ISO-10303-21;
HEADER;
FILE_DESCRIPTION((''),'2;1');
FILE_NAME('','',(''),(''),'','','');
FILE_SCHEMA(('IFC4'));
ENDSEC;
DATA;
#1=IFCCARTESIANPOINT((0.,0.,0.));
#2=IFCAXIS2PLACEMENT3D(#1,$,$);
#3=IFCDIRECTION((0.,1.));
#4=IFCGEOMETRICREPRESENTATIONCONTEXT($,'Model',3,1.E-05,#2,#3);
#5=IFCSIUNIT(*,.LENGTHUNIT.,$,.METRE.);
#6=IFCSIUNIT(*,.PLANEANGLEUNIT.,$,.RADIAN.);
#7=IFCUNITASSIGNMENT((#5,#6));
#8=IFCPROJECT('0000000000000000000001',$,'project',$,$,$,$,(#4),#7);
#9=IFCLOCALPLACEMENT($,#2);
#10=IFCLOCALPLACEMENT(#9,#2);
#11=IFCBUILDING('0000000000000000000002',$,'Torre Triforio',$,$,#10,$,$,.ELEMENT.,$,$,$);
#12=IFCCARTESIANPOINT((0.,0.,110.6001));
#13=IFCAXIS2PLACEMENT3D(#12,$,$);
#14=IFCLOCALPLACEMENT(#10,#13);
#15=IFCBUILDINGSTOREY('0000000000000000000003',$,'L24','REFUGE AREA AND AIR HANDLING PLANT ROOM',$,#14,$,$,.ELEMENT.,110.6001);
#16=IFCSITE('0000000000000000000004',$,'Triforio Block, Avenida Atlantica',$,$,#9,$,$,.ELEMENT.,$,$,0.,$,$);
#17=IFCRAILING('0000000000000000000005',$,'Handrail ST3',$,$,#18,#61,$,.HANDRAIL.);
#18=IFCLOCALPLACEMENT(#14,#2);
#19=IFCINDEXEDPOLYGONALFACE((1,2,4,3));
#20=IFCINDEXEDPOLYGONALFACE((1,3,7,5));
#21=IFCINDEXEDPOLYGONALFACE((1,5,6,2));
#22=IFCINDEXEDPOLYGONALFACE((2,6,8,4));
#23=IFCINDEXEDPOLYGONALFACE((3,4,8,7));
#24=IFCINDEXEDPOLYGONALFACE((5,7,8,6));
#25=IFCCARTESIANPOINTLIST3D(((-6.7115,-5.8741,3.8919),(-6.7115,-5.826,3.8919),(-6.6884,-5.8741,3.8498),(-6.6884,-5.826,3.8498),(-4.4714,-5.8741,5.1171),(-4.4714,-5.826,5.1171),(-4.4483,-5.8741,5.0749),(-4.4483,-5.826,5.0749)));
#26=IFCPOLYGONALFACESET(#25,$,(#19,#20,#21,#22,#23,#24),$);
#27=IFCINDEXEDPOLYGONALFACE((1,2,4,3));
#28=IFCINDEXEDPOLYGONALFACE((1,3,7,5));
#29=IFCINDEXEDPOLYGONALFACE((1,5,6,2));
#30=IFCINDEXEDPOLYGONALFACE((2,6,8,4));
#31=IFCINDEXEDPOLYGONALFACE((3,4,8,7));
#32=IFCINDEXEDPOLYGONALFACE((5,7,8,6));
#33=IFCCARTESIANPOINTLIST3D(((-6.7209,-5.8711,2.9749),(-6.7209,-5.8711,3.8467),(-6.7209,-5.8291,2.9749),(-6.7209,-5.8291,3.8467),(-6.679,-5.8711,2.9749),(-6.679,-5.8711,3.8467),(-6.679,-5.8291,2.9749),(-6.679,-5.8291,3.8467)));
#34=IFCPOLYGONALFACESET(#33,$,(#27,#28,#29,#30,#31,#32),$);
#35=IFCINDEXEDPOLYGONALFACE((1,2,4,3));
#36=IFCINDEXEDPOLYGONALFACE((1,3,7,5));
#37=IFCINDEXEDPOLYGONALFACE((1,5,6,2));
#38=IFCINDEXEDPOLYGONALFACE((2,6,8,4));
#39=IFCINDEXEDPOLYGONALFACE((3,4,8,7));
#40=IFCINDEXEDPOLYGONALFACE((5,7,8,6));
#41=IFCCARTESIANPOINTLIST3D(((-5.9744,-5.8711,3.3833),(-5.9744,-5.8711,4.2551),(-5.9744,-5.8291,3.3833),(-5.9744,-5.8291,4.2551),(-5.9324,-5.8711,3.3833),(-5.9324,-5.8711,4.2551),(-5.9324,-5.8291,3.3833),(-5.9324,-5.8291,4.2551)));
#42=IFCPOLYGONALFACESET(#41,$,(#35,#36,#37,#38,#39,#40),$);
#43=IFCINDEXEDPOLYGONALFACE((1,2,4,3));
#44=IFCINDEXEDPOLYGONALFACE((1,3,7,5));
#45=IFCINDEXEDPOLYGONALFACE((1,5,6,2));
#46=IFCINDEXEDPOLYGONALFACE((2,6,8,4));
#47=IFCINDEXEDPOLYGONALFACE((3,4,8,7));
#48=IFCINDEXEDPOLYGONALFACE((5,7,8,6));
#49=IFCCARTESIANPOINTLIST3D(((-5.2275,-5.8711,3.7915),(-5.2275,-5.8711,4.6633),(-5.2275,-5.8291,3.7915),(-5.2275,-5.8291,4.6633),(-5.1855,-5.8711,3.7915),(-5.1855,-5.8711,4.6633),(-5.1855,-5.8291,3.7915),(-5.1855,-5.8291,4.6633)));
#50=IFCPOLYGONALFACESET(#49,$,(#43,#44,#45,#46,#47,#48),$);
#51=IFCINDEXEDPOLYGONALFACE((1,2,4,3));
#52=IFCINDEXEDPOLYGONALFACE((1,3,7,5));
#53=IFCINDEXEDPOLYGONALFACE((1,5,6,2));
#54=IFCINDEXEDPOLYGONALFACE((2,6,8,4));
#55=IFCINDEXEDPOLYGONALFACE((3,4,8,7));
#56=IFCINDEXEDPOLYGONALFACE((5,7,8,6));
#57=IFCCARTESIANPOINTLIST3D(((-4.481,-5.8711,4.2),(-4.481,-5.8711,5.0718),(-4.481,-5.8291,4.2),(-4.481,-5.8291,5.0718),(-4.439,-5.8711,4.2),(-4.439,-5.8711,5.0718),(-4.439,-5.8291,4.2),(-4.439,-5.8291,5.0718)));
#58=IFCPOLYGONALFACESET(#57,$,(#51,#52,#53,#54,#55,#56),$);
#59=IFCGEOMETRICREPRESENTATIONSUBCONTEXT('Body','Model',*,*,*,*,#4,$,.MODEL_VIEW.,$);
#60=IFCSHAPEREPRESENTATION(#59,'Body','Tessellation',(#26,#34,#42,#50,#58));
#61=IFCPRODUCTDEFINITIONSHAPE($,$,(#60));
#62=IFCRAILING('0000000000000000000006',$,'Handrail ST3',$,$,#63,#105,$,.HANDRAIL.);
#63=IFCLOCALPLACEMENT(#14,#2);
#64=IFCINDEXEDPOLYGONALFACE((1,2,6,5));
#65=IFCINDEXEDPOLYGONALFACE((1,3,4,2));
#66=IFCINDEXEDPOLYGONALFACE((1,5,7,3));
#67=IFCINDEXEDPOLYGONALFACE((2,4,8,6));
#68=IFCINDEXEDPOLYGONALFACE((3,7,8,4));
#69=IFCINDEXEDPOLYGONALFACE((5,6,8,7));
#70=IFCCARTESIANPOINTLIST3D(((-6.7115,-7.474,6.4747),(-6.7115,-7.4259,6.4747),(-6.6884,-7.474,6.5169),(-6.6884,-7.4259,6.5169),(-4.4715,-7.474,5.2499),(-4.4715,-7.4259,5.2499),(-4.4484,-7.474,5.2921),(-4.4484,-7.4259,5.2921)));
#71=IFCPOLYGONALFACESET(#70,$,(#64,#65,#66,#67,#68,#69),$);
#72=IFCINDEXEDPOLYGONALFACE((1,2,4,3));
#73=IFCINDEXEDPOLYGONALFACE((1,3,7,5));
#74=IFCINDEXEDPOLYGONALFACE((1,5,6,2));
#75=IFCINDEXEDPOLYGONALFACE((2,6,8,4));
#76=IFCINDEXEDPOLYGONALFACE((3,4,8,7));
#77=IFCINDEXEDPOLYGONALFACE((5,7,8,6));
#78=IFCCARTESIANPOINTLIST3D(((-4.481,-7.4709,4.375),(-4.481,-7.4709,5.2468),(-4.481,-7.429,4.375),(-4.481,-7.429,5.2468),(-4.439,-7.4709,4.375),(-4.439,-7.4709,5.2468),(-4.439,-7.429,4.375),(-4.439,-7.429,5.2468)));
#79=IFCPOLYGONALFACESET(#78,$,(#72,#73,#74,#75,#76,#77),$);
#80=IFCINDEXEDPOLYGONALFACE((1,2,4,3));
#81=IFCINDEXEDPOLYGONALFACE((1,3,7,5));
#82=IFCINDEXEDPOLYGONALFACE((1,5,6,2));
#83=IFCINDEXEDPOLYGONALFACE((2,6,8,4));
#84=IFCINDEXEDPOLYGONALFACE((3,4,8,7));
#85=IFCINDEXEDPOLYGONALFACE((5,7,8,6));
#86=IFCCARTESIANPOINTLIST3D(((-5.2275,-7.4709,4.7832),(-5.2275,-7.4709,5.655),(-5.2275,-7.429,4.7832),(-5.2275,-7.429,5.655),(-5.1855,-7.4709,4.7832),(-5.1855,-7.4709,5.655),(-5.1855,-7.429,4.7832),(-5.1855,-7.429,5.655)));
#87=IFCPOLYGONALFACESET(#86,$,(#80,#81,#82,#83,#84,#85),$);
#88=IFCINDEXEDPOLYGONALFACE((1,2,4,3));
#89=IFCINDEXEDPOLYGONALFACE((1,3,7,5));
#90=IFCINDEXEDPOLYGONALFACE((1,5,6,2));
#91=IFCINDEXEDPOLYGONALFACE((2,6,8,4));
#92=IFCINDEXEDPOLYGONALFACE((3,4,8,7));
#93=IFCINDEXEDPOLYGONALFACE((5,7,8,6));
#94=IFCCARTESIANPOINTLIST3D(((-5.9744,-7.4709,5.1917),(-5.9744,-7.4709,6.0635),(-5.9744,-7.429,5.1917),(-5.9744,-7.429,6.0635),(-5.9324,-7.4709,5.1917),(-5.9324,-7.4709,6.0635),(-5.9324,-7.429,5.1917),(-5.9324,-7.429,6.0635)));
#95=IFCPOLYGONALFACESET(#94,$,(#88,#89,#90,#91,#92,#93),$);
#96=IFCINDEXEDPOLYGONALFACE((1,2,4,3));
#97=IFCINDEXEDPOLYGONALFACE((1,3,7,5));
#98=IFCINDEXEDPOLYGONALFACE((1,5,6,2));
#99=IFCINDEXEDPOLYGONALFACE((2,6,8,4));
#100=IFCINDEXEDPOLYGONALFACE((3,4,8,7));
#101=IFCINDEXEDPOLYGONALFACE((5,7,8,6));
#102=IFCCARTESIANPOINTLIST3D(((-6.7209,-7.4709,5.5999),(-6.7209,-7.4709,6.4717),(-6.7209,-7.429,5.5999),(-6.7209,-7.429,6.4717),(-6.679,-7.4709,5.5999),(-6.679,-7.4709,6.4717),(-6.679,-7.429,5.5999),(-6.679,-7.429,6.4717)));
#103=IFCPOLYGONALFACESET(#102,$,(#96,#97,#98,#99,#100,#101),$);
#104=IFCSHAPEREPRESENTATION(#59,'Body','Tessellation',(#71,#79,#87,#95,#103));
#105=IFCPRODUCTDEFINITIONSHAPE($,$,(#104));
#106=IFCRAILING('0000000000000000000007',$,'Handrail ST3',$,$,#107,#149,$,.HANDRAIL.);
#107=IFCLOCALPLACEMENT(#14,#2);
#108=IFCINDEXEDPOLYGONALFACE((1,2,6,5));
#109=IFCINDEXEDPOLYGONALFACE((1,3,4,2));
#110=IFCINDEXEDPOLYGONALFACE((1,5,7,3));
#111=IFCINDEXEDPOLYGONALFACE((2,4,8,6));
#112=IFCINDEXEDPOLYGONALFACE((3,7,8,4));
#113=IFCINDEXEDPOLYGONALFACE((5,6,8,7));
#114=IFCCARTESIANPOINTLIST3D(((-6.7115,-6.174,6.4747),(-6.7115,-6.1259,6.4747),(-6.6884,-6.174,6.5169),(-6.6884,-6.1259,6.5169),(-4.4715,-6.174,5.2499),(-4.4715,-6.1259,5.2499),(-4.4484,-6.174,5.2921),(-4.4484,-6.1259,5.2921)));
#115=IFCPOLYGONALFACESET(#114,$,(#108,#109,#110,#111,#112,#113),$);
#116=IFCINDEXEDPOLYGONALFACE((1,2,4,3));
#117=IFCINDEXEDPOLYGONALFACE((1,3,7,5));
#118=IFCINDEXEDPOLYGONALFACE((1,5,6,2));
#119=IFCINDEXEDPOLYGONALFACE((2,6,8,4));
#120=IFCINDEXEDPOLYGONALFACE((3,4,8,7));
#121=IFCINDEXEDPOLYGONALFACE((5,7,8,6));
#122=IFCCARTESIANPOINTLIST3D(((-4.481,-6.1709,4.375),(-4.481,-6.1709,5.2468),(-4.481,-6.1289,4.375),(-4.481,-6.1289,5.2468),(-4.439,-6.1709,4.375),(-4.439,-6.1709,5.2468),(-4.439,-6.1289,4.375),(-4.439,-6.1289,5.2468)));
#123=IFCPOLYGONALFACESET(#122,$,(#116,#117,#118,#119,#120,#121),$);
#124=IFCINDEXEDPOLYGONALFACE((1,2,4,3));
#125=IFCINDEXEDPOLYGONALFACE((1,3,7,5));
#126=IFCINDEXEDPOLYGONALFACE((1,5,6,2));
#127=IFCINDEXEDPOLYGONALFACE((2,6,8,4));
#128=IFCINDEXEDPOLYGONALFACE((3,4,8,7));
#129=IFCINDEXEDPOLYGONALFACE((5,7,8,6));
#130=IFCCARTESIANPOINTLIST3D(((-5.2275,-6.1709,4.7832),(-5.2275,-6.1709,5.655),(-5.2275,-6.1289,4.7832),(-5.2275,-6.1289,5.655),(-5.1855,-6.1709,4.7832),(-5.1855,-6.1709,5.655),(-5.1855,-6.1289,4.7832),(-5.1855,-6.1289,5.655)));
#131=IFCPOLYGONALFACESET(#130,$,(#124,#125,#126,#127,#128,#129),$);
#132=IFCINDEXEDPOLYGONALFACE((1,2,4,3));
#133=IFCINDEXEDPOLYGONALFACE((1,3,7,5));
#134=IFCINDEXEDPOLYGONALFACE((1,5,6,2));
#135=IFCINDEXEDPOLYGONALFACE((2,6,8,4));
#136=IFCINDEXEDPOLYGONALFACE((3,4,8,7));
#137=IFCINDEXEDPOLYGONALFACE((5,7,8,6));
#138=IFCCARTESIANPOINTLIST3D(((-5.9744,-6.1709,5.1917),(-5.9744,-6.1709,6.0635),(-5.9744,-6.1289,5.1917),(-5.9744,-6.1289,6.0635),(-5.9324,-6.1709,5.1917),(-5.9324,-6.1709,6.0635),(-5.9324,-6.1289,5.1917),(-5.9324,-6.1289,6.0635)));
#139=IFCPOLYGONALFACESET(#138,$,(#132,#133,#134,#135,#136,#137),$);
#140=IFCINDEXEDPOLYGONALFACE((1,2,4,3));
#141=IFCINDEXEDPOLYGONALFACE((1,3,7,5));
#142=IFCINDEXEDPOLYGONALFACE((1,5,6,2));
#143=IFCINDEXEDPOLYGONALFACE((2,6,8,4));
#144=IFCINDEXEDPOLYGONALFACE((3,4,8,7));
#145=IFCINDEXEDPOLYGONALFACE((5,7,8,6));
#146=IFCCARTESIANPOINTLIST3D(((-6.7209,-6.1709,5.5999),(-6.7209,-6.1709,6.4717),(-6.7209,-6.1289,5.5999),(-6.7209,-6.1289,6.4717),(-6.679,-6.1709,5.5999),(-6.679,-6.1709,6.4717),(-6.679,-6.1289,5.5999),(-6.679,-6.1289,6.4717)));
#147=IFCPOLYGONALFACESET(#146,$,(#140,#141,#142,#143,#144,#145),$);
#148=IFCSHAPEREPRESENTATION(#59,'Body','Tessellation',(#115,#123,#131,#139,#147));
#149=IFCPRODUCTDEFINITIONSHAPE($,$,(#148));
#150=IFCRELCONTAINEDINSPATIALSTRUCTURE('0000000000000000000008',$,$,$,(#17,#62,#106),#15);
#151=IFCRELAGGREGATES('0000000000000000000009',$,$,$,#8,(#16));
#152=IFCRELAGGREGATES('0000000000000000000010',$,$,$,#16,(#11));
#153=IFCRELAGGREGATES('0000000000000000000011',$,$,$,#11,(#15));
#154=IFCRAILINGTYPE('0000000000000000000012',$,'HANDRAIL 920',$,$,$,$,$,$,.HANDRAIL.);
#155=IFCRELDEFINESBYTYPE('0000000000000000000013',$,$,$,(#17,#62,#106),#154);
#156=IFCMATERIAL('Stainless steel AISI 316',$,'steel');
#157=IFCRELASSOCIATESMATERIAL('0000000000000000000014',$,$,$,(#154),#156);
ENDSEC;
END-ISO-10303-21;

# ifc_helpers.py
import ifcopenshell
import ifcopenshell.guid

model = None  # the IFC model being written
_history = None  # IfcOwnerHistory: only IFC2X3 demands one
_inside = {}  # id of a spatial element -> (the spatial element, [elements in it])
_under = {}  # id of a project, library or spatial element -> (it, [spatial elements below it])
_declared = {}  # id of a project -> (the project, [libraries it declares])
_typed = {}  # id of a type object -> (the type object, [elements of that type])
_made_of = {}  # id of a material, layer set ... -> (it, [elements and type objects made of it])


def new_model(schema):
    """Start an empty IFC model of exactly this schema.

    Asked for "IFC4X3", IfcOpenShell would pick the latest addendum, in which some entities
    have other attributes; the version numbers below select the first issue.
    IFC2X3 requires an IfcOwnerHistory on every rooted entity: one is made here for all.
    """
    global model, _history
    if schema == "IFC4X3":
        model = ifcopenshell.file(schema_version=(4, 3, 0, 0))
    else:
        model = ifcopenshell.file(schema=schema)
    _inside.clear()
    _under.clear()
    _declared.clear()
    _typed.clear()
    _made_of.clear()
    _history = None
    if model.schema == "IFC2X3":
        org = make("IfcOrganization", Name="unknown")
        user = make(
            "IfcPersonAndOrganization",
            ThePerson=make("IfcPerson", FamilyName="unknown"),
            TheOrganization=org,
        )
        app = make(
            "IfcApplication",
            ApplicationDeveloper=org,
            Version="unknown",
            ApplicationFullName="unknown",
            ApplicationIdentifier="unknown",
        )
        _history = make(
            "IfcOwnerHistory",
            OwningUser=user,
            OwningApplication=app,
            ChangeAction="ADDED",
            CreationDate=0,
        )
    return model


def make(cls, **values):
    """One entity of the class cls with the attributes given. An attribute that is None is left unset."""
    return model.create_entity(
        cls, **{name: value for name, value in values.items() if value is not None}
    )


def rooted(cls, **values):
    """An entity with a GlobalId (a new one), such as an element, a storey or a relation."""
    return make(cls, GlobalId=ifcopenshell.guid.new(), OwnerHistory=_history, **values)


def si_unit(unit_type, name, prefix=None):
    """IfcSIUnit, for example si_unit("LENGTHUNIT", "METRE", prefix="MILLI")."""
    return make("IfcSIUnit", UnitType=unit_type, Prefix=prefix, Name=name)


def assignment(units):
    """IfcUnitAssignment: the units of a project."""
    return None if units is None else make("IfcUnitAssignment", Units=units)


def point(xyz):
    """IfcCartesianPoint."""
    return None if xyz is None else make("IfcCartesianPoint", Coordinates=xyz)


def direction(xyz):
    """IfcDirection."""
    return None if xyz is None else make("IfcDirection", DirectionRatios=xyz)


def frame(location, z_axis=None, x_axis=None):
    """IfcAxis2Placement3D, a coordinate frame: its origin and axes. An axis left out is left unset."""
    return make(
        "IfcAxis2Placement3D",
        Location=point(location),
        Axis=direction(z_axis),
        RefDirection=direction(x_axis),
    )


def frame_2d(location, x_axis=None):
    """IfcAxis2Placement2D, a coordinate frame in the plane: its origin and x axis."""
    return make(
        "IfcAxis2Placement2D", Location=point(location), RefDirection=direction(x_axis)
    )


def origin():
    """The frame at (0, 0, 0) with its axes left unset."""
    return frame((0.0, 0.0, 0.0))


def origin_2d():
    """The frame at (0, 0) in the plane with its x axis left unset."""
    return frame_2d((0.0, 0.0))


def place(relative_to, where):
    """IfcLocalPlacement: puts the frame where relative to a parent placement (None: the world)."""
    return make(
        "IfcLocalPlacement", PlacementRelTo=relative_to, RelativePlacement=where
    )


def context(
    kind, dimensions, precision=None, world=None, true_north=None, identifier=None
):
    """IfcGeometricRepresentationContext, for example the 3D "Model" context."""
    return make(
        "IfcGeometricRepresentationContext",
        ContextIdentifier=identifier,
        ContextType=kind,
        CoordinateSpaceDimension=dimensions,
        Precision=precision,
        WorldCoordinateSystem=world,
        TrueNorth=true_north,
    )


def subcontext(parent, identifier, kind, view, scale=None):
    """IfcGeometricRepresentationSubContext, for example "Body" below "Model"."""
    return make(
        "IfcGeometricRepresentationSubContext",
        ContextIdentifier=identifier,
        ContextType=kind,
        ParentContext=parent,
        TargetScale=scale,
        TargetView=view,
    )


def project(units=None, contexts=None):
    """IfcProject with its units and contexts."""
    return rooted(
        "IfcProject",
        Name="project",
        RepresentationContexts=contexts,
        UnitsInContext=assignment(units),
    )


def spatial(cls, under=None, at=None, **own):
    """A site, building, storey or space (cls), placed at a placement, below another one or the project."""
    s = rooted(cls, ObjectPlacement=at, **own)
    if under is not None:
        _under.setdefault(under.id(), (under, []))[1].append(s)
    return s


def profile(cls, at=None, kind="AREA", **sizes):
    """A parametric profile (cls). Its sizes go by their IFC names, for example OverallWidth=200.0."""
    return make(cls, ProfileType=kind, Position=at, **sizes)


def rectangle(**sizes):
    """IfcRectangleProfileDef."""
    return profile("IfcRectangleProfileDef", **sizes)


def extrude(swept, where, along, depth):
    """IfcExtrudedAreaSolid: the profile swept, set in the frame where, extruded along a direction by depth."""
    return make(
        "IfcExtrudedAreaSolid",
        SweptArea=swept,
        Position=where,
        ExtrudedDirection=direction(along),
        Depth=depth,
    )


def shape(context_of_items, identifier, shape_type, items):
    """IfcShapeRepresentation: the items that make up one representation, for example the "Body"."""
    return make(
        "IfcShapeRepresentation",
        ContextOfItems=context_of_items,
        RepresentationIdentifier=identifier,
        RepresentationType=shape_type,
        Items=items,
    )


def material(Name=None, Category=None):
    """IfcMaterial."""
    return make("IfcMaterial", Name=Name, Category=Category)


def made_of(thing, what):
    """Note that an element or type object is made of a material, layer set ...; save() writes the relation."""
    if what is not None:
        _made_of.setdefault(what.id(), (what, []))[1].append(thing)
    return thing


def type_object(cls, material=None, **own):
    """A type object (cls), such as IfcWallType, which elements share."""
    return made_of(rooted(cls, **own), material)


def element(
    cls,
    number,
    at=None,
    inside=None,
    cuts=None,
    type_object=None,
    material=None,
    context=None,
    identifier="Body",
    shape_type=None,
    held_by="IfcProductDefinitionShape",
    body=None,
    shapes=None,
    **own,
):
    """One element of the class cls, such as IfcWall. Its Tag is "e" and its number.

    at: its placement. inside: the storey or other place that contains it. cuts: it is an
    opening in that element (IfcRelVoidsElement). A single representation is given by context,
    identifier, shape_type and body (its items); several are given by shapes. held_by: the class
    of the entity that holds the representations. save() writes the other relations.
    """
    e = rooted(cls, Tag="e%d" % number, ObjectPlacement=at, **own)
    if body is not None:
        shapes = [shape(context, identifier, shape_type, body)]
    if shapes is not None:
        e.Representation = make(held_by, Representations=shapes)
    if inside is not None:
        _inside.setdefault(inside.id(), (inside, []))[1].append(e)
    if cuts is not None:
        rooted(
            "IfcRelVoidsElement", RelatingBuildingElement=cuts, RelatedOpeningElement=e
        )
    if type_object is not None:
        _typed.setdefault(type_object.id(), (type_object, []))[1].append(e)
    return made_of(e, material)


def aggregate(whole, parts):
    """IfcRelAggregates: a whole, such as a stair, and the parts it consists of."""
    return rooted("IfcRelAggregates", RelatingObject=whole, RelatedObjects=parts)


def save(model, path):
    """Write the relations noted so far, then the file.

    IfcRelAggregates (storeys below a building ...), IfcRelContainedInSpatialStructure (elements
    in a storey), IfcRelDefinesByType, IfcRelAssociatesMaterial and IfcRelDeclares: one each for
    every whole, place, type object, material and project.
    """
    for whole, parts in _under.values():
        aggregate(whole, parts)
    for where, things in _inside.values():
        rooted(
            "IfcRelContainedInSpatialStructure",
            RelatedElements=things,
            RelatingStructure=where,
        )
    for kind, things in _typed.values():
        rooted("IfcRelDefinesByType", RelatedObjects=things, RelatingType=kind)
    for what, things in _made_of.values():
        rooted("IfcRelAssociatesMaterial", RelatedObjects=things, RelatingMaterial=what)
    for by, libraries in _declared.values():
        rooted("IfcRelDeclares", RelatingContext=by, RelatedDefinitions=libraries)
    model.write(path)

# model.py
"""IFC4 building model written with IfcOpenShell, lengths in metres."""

from ifc_helpers import new_model, si_unit, direction, frame, origin, origin_2d, place, context, subcontext, project, spatial, rectangle, extrude, material, type_object, element, save


model = new_model("IFC4")

# Units and contexts
model_context = context("Model", 3, precision=1e-05, world=origin(), true_north=direction((0.0, 1.0)))
body_context = subcontext(model_context, "Body", "Model", "MODEL_VIEW")
ifc_project = project(units=[si_unit("LENGTHUNIT", "METRE"), si_unit("PLANEANGLEUNIT", "RADIAN")], contexts=[model_context])

# Site, building, storey
site_placement = place(None, origin())
site = spatial("IfcSite", under=ifc_project, at=site_placement, Name="Triforio Block, Avenida Atlantica", CompositionType="ELEMENT", RefElevation=0.0)
building_placement = place(site_placement, origin())
building = spatial("IfcBuilding", under=site, at=building_placement, Name="Torre Triforio", CompositionType="ELEMENT")
storey_placement = place(building_placement, frame((0.0, 0.0, 110.6001)))
storey = spatial("IfcBuildingStorey", under=building, at=storey_placement, Name="L24", Description="REFUGE AREA AND AIR HANDLING PLANT ROOM", CompositionType="ELEMENT", Elevation=110.6001)

# Railings
ifc_material_1 = material(Name="Stainless steel AISI 316", Category="steel")
railing_type = type_object("IfcRailingType", Name="HANDRAIL 920", PredefinedType="HANDRAIL", material=ifc_material_1)
for number, where, name in (
    (1, (-6.7, -5.8501, 2.9749), "Handrail ST3"),
):
    element("IfcRailing", number, at=place(storey_placement, frame(where)), inside=storey, type_object=railing_type, Name=name, PredefinedType="HANDRAIL", context=body_context, shape_type="SweptSolid", body=[
        extrude(rectangle(XDim=0.0481, YDim=0.0481, at=origin_2d()), frame((0.0, 0.0, 0.896), z_axis=(0.877354, 0.0, 0.479843), x_axis=(0.0, 1.0, 0.0)), (0.0, 0.0, 1.0), 2.5532),
        extrude(rectangle(XDim=0.042, YDim=0.042, at=origin_2d()), origin(), (0.0, 0.0, 1.0), 0.8718),
        extrude(rectangle(XDim=0.042, YDim=0.042, at=origin_2d()), frame((0.7466, 0.0, 0.4084)), (0.0, 0.0, 1.0), 0.8718),
        extrude(rectangle(XDim=0.042, YDim=0.042, at=origin_2d()), frame((1.4934, 0.0, 0.8167)), (0.0, 0.0, 1.0), 0.8718),
        extrude(rectangle(XDim=0.042, YDim=0.042, at=origin_2d()), frame((2.24, 0.0, 1.2251)), (0.0, 0.0, 1.0), 0.8718),
    ])
for number, where, name in (
    (2, (-4.46, -7.45, 4.375), "Handrail ST3"),
    (3, (-4.46, -6.1499, 4.375), "Handrail ST3"),
):
    element("IfcRailing", number, at=place(storey_placement, frame(where)), inside=storey, type_object=railing_type, Name=name, PredefinedType="HANDRAIL", context=body_context, shape_type="SweptSolid", body=[
        extrude(rectangle(XDim=0.0481, YDim=0.0481, at=origin_2d()), frame((0.0, 0.0, 0.896), z_axis=(-0.877394, 0.0, 0.47977), x_axis=(0.0, -1.0, 0.0)), (0.0, 0.0, 1.0), 2.553),
        extrude(rectangle(XDim=0.042, YDim=0.042, at=origin_2d()), origin(), (0.0, 0.0, 1.0), 0.8718),
        extrude(rectangle(XDim=0.042, YDim=0.042, at=origin_2d()), frame((-0.7466, 0.0, 0.4082)), (0.0, 0.0, 1.0), 0.8718),
        extrude(rectangle(XDim=0.042, YDim=0.042, at=origin_2d()), frame((-1.4934, 0.0, 0.8167)), (0.0, 0.0, 1.0), 0.8718),
        extrude(rectangle(XDim=0.042, YDim=0.042, at=origin_2d()), frame((-2.24, 0.0, 1.2249)), (0.0, 0.0, 1.0), 0.8718),
    ])

save(model, "model.ifc")
